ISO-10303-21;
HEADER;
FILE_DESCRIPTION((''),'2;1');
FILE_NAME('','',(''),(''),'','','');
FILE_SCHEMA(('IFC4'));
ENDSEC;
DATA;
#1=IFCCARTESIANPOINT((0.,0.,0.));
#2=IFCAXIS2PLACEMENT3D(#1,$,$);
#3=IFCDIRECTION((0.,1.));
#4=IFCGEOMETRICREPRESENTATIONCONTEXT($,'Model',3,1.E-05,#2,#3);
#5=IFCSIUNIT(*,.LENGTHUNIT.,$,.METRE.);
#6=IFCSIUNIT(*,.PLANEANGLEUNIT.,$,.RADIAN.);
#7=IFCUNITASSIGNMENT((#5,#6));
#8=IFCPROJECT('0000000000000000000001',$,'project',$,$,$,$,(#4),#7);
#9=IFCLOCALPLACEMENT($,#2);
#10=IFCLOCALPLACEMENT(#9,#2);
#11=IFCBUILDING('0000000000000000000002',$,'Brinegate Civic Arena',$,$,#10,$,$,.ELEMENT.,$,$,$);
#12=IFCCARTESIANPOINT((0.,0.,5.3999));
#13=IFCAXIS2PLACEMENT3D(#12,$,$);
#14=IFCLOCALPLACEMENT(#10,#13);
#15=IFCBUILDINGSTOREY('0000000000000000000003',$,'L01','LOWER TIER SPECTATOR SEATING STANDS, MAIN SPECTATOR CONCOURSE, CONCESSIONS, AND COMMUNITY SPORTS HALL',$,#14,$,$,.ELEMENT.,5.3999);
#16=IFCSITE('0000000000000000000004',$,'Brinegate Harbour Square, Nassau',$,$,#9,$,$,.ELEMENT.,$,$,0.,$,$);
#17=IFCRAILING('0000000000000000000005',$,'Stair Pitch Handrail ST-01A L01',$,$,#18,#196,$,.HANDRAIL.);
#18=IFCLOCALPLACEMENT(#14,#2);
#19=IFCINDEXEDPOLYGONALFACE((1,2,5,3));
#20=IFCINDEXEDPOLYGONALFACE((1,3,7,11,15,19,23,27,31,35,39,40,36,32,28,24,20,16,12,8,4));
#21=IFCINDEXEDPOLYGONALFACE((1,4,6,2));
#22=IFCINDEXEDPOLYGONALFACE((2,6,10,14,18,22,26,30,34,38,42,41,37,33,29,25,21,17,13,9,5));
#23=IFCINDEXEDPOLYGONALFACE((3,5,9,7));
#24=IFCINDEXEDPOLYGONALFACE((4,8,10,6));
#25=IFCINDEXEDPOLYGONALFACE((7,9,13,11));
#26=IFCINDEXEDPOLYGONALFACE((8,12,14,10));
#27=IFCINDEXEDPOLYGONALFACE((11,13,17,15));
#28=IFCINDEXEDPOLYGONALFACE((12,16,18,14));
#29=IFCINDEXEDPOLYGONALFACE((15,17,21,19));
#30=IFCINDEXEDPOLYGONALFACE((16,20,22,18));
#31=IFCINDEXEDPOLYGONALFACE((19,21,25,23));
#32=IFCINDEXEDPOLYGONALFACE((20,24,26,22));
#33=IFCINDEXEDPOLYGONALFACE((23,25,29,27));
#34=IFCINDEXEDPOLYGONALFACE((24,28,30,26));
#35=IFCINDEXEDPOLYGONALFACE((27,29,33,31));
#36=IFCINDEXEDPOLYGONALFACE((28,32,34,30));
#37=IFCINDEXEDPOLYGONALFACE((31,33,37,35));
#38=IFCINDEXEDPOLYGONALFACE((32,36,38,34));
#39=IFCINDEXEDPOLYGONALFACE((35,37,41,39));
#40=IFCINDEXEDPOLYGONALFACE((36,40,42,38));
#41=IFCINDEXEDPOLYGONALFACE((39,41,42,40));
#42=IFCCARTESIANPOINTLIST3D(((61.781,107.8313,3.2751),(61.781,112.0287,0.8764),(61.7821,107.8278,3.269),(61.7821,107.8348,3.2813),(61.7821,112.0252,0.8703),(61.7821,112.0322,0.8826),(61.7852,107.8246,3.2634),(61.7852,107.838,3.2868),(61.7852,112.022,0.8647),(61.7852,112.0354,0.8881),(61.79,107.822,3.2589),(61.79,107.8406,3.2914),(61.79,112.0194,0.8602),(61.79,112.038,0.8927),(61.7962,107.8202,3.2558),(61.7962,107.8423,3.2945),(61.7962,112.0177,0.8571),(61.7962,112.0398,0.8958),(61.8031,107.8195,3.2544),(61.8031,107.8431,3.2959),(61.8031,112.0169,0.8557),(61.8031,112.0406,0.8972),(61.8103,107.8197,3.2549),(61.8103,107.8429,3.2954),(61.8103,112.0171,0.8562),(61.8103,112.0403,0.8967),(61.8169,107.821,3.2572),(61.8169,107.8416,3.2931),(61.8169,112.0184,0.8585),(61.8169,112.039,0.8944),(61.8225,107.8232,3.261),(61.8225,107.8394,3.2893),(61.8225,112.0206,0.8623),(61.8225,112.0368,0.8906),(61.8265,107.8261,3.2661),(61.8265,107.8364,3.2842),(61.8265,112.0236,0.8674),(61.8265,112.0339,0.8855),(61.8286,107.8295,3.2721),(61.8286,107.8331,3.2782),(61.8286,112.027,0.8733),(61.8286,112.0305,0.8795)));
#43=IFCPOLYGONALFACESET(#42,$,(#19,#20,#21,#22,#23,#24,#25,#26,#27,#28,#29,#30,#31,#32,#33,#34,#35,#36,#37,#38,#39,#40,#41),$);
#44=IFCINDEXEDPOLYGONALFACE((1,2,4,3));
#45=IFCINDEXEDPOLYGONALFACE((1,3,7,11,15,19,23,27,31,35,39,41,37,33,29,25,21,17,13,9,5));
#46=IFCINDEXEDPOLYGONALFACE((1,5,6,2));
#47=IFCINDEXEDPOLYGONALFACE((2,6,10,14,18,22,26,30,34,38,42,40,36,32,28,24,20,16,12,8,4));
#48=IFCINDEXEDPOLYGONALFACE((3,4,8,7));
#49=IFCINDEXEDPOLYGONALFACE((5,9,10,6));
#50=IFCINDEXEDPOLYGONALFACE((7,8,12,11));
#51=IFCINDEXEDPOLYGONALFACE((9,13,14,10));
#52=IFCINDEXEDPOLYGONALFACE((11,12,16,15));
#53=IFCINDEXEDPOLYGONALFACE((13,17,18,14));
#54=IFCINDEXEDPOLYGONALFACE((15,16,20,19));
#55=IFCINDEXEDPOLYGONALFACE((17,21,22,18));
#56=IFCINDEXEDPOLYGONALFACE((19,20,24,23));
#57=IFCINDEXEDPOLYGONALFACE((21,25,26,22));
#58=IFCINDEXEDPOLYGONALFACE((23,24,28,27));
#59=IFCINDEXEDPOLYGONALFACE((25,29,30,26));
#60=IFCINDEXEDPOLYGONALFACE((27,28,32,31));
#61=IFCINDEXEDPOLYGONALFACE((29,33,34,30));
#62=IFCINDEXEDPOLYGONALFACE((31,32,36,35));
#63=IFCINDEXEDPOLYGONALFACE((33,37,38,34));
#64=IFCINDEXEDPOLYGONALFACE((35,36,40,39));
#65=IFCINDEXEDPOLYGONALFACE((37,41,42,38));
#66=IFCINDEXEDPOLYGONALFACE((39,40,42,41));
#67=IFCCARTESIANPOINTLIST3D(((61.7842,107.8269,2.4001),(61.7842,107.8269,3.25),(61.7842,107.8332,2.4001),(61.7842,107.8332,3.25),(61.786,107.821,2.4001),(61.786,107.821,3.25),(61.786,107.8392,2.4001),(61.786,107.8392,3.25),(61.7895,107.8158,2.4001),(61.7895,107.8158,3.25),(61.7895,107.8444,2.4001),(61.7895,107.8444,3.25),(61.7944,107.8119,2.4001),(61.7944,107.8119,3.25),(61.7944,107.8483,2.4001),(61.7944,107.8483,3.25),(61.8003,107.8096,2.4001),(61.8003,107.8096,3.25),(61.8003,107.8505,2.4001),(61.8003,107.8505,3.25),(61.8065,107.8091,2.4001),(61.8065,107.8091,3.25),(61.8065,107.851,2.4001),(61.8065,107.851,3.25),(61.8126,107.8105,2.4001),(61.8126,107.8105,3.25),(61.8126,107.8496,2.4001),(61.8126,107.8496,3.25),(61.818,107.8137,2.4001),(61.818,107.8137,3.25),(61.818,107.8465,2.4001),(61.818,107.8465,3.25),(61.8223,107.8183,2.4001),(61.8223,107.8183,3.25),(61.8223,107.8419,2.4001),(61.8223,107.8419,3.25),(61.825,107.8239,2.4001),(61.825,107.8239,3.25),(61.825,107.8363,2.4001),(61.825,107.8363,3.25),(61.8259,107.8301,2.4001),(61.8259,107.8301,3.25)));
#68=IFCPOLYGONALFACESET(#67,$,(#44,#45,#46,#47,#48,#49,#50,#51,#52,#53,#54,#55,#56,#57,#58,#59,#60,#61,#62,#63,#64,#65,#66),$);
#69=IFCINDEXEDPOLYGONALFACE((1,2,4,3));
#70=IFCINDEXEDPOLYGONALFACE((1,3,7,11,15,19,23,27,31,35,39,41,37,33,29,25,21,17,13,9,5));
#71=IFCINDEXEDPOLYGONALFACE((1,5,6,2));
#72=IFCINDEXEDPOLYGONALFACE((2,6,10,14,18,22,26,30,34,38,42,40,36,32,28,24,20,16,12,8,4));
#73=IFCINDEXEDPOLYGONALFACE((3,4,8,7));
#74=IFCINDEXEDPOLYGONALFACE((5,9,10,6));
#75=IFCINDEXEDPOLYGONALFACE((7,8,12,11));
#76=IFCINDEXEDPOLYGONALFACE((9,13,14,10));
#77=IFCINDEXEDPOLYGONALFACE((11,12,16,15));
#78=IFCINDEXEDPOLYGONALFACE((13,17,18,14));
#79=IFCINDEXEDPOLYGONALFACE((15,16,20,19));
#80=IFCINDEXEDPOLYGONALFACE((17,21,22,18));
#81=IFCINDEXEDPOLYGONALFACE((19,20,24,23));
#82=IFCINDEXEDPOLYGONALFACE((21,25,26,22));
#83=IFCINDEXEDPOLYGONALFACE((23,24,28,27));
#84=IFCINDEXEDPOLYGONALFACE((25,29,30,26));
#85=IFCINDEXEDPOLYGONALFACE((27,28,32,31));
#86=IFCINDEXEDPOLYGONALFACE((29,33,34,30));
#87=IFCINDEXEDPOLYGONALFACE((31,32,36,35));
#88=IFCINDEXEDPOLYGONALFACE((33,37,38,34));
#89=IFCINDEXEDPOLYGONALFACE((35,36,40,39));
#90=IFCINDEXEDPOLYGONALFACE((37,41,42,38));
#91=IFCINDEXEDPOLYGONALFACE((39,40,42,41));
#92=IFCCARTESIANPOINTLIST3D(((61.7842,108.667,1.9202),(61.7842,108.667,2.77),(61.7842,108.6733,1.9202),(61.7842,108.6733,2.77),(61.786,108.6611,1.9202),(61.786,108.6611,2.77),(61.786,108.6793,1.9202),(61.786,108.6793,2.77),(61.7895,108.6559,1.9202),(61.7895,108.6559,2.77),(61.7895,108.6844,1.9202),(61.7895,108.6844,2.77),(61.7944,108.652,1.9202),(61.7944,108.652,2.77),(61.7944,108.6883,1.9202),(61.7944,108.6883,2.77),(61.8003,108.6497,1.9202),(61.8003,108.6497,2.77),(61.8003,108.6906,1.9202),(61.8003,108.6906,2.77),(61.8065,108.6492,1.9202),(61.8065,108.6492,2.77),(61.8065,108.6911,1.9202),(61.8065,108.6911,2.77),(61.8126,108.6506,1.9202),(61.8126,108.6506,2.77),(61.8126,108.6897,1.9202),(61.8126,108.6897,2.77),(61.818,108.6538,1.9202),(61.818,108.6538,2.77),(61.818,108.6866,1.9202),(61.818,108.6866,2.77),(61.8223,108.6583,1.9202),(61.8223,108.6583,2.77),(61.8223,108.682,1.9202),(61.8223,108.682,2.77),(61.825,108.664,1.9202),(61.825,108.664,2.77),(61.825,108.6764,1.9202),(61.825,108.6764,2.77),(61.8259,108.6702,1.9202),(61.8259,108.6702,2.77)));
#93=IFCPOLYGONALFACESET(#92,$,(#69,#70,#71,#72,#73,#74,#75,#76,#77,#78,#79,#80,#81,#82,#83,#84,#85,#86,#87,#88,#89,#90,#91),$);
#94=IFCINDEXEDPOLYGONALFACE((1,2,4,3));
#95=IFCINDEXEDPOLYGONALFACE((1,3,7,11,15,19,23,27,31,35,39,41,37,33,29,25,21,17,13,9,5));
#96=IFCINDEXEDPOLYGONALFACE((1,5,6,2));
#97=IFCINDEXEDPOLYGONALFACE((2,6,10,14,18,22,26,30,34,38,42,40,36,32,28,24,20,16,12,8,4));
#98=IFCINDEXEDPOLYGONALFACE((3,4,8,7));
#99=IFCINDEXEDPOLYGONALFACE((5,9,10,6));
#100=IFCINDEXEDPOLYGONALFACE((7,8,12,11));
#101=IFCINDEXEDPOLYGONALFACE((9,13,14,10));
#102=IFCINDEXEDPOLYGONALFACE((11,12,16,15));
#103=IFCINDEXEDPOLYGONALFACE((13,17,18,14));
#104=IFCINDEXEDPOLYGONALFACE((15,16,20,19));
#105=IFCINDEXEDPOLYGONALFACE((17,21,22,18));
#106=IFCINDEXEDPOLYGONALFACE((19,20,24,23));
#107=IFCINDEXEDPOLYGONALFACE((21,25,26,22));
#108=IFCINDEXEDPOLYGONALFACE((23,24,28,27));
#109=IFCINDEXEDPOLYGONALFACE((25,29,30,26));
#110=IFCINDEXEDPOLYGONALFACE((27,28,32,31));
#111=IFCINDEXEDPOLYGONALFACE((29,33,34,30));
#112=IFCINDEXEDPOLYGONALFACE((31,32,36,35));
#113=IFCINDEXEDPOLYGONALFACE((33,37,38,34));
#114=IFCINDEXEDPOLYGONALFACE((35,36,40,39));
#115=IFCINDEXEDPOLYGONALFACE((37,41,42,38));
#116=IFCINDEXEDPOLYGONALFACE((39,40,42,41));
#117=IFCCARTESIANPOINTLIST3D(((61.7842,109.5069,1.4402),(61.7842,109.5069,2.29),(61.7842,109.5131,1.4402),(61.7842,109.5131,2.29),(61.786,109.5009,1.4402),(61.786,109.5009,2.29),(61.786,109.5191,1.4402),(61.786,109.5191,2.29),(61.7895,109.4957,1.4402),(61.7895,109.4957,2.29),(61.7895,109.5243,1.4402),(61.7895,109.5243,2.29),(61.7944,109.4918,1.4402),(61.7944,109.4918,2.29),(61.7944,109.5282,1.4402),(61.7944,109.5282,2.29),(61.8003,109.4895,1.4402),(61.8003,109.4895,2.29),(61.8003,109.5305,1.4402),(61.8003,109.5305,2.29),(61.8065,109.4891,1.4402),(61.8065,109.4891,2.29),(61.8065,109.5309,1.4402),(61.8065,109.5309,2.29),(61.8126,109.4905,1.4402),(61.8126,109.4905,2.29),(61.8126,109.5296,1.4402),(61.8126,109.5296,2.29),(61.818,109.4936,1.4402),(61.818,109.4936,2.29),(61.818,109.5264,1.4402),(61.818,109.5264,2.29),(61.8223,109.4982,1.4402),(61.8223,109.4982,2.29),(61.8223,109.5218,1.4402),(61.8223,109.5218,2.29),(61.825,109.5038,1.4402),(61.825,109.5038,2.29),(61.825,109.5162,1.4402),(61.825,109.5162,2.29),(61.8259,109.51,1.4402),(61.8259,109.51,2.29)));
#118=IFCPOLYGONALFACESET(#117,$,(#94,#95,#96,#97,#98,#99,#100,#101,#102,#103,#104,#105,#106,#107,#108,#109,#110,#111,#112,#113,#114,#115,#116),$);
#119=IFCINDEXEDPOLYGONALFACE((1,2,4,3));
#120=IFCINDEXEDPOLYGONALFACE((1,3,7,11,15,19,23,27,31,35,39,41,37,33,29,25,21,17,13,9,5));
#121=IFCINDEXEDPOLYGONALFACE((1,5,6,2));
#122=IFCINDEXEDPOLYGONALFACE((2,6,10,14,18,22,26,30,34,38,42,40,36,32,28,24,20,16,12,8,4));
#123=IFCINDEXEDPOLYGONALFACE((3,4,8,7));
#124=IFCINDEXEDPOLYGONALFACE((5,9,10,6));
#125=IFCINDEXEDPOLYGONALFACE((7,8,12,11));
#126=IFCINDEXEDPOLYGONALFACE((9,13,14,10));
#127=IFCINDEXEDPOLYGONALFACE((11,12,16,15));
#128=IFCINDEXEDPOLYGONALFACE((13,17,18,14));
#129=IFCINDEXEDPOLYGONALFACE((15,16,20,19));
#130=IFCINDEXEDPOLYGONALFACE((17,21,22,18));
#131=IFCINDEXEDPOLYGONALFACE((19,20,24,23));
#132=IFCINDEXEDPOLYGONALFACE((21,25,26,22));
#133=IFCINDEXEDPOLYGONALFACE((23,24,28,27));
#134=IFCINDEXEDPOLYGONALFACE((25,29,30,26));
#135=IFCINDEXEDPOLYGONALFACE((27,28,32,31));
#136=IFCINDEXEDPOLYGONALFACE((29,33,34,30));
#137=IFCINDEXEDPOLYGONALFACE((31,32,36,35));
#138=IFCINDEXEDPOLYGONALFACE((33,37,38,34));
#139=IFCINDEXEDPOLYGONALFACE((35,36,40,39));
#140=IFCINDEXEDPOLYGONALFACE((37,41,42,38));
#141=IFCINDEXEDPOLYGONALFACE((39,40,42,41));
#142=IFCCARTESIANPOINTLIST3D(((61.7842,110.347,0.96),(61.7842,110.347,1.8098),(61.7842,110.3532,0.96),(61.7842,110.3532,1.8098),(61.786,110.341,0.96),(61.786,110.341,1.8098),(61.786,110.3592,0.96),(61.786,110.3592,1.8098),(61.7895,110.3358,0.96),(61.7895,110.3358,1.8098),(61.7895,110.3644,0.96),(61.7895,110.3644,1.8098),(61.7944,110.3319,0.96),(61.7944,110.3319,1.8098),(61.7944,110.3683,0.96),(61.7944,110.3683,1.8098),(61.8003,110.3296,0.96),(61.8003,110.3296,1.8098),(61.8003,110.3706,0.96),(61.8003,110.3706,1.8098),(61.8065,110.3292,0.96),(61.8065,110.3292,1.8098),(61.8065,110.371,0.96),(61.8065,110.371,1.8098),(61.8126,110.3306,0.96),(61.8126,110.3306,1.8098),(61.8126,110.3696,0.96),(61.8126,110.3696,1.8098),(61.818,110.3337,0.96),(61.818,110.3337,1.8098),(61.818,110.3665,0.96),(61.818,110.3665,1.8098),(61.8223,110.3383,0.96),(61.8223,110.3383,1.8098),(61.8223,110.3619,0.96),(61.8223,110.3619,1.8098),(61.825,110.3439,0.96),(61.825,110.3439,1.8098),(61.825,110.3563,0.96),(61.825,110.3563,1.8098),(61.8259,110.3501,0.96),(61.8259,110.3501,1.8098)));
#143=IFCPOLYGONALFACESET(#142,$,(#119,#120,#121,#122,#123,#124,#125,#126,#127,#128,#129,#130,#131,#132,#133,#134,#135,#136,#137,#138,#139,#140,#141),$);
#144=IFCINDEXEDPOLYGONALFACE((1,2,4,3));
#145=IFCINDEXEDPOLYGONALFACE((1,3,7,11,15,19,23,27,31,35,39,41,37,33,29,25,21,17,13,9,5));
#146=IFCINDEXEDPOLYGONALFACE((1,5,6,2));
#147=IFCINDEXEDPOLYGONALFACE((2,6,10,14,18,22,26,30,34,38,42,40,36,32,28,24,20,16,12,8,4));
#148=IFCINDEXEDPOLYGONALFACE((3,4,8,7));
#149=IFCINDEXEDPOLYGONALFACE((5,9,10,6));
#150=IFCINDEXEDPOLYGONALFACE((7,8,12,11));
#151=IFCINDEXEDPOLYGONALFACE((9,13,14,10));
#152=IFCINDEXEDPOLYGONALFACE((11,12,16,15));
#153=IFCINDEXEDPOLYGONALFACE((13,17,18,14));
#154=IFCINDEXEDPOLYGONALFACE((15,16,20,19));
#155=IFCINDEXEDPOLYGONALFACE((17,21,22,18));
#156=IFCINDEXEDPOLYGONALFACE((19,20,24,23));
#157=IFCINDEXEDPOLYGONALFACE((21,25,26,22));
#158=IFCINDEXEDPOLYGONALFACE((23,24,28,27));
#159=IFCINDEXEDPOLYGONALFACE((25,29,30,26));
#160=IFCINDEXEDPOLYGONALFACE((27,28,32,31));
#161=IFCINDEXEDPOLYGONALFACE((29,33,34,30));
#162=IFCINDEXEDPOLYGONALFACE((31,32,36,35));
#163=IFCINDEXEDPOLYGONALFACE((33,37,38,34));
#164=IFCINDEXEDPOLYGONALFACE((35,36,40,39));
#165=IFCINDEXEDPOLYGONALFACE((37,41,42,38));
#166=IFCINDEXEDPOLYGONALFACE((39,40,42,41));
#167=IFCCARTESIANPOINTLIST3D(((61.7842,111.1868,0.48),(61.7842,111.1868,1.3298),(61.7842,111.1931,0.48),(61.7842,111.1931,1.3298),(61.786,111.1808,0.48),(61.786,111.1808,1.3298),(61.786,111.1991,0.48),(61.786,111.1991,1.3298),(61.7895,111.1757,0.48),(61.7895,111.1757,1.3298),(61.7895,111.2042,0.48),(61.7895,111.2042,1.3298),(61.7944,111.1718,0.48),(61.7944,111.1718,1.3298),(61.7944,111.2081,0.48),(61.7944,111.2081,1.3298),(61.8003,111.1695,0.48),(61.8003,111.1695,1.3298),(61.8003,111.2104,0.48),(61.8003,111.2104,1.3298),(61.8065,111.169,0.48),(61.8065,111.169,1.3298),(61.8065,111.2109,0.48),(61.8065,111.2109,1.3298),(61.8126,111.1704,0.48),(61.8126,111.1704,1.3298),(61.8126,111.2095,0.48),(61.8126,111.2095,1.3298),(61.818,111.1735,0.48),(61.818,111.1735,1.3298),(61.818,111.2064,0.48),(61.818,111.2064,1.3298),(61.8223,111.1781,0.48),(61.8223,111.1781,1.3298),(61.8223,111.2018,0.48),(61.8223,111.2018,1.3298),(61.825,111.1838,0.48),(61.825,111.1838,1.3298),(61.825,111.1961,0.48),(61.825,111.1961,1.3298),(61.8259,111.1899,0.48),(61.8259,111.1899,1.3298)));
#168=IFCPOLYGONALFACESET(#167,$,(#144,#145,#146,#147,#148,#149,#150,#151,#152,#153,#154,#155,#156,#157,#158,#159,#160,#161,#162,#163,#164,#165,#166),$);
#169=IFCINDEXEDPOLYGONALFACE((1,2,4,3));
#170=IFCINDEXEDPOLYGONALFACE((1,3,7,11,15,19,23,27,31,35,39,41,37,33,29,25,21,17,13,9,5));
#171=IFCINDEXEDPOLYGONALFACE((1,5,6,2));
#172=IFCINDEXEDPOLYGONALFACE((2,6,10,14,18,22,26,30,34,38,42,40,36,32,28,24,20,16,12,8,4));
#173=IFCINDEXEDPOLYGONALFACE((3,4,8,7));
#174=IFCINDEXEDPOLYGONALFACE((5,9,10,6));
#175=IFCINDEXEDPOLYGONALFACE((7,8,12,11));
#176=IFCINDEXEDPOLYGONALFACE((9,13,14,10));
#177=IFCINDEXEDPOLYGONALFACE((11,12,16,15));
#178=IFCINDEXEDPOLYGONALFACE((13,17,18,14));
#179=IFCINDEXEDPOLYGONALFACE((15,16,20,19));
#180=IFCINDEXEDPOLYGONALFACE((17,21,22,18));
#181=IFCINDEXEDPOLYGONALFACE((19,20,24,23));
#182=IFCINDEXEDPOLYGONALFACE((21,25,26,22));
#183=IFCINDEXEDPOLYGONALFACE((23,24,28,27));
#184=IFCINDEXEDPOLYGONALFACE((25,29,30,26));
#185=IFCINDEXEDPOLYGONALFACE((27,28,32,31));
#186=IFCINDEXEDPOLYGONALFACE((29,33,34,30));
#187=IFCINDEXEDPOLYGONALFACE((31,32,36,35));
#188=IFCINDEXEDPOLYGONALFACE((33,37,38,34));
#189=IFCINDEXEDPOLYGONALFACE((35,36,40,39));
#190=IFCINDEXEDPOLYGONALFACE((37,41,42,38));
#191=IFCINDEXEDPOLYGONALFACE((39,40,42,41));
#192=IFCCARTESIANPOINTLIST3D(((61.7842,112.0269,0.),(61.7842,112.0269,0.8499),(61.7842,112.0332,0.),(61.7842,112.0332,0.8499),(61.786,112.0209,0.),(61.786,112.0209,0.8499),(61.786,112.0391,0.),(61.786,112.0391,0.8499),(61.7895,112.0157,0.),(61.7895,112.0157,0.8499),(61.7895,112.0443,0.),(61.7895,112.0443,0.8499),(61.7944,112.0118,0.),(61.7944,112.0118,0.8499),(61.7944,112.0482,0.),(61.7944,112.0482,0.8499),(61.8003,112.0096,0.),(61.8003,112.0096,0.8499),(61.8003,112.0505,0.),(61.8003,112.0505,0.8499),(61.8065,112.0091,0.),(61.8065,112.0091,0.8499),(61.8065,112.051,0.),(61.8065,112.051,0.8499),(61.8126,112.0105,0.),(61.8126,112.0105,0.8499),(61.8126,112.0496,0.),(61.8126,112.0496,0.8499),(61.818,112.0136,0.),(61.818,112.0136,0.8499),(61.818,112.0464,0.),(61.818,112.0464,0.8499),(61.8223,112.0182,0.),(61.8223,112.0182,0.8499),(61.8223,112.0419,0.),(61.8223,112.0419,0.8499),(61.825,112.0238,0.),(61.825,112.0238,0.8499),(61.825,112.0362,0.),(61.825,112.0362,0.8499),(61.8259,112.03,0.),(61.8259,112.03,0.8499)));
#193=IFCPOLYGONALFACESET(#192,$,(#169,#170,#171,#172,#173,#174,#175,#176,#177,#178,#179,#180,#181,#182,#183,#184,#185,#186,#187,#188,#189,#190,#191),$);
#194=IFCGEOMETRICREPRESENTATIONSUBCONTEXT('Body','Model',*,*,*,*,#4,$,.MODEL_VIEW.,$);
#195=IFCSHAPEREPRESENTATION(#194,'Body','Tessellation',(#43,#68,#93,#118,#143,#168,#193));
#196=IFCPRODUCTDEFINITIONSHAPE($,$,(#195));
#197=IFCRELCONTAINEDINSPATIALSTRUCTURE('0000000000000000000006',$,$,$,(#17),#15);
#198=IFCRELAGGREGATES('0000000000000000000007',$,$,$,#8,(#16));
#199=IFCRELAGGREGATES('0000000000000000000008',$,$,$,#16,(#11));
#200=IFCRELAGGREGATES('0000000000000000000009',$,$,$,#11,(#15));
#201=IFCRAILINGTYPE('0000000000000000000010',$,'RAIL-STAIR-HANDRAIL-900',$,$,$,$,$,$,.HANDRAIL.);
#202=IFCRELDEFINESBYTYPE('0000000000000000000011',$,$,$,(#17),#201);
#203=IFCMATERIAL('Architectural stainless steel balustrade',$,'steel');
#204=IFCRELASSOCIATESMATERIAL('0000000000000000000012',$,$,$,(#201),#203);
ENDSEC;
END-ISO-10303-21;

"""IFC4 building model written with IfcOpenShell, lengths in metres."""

from ifc_helpers import new_model, si_unit, direction, frame, origin, origin_2d, place, context, subcontext, project, spatial, circle, extrude, material, type_object, element, save


model = new_model("IFC4")

# Units and contexts
model_context = context("Model", 3, precision=1e-05, world=origin(), true_north=direction((0.0, 1.0)))
body_context = subcontext(model_context, "Body", "Model", "MODEL_VIEW")
ifc_project = project(units=[si_unit("LENGTHUNIT", "METRE"), si_unit("PLANEANGLEUNIT", "RADIAN")], contexts=[model_context])

# Site, building, storey
site_placement = place(None, origin())
site = spatial("IfcSite", under=ifc_project, at=site_placement, Name="Brinegate Harbour Square, Nassau", CompositionType="ELEMENT", RefElevation=0.0)
building_placement = place(site_placement, origin())
building = spatial("IfcBuilding", under=site, at=building_placement, Name="Brinegate Civic Arena", CompositionType="ELEMENT")
storey_placement = place(building_placement, frame((0.0, 0.0, 5.3999)))
storey = spatial("IfcBuildingStorey", under=building, at=storey_placement, Name="L01", Description="LOWER TIER SPECTATOR SEATING STANDS, MAIN SPECTATOR CONCOURSE, CONCESSIONS, AND COMMUNITY SPORTS HALL", CompositionType="ELEMENT", Elevation=5.3999)

# Railing
ifc_material_1 = material(Name="Architectural stainless steel balustrade", Category="steel")
railing_type_1 = type_object("IfcRailingType", Name="RAIL-STAIR-HANDRAIL-900", PredefinedType="HANDRAIL", material=ifc_material_1)
for number, where, name in (
    (1, (61.8049, 107.8301, 2.4001), "Stair Pitch Handrail ST-01A L01"),
):
    element("IfcRailing", number, at=place(storey_placement, frame(where)), inside=storey, type_object=railing_type_1, Name=name, PredefinedType="HANDRAIL", context=body_context, shape_type="SweptSolid", body=[
        extrude(circle(Radius=0.0239, at=origin_2d()), frame((0.0, 0.0012, 0.875), z_axis=(0.0, 0.868228, -0.496166), x_axis=(-1.0, 0.0, 0.0)), (0.0, 0.0, 1.0), 4.8345),
        extrude(circle(Radius=0.021, at=origin_2d()), origin(), (0.0, 0.0, 1.0), 0.8499),
        extrude(circle(Radius=0.021, at=origin_2d()), frame((0.0, 0.8401, -0.48)), (0.0, 0.0, 1.0), 0.8499),
        extrude(circle(Radius=0.021, at=origin_2d()), frame((0.0, 1.6799, -0.96)), (0.0, 0.0, 1.0), 0.8499),
        extrude(circle(Radius=0.021, at=origin_2d()), frame((0.0, 2.52, -1.4402)), (0.0, 0.0, 1.0), 0.8499),
        extrude(circle(Radius=0.021, at=origin_2d()), frame((0.0, 3.3599, -1.9202)), (0.0, 0.0, 1.0), 0.8499),
        extrude(circle(Radius=0.021, at=origin_2d()), frame((0.0, 4.2, -2.4001)), (0.0, 0.0, 1.0), 0.8499),
    ])

save(model, "model.ifc")
